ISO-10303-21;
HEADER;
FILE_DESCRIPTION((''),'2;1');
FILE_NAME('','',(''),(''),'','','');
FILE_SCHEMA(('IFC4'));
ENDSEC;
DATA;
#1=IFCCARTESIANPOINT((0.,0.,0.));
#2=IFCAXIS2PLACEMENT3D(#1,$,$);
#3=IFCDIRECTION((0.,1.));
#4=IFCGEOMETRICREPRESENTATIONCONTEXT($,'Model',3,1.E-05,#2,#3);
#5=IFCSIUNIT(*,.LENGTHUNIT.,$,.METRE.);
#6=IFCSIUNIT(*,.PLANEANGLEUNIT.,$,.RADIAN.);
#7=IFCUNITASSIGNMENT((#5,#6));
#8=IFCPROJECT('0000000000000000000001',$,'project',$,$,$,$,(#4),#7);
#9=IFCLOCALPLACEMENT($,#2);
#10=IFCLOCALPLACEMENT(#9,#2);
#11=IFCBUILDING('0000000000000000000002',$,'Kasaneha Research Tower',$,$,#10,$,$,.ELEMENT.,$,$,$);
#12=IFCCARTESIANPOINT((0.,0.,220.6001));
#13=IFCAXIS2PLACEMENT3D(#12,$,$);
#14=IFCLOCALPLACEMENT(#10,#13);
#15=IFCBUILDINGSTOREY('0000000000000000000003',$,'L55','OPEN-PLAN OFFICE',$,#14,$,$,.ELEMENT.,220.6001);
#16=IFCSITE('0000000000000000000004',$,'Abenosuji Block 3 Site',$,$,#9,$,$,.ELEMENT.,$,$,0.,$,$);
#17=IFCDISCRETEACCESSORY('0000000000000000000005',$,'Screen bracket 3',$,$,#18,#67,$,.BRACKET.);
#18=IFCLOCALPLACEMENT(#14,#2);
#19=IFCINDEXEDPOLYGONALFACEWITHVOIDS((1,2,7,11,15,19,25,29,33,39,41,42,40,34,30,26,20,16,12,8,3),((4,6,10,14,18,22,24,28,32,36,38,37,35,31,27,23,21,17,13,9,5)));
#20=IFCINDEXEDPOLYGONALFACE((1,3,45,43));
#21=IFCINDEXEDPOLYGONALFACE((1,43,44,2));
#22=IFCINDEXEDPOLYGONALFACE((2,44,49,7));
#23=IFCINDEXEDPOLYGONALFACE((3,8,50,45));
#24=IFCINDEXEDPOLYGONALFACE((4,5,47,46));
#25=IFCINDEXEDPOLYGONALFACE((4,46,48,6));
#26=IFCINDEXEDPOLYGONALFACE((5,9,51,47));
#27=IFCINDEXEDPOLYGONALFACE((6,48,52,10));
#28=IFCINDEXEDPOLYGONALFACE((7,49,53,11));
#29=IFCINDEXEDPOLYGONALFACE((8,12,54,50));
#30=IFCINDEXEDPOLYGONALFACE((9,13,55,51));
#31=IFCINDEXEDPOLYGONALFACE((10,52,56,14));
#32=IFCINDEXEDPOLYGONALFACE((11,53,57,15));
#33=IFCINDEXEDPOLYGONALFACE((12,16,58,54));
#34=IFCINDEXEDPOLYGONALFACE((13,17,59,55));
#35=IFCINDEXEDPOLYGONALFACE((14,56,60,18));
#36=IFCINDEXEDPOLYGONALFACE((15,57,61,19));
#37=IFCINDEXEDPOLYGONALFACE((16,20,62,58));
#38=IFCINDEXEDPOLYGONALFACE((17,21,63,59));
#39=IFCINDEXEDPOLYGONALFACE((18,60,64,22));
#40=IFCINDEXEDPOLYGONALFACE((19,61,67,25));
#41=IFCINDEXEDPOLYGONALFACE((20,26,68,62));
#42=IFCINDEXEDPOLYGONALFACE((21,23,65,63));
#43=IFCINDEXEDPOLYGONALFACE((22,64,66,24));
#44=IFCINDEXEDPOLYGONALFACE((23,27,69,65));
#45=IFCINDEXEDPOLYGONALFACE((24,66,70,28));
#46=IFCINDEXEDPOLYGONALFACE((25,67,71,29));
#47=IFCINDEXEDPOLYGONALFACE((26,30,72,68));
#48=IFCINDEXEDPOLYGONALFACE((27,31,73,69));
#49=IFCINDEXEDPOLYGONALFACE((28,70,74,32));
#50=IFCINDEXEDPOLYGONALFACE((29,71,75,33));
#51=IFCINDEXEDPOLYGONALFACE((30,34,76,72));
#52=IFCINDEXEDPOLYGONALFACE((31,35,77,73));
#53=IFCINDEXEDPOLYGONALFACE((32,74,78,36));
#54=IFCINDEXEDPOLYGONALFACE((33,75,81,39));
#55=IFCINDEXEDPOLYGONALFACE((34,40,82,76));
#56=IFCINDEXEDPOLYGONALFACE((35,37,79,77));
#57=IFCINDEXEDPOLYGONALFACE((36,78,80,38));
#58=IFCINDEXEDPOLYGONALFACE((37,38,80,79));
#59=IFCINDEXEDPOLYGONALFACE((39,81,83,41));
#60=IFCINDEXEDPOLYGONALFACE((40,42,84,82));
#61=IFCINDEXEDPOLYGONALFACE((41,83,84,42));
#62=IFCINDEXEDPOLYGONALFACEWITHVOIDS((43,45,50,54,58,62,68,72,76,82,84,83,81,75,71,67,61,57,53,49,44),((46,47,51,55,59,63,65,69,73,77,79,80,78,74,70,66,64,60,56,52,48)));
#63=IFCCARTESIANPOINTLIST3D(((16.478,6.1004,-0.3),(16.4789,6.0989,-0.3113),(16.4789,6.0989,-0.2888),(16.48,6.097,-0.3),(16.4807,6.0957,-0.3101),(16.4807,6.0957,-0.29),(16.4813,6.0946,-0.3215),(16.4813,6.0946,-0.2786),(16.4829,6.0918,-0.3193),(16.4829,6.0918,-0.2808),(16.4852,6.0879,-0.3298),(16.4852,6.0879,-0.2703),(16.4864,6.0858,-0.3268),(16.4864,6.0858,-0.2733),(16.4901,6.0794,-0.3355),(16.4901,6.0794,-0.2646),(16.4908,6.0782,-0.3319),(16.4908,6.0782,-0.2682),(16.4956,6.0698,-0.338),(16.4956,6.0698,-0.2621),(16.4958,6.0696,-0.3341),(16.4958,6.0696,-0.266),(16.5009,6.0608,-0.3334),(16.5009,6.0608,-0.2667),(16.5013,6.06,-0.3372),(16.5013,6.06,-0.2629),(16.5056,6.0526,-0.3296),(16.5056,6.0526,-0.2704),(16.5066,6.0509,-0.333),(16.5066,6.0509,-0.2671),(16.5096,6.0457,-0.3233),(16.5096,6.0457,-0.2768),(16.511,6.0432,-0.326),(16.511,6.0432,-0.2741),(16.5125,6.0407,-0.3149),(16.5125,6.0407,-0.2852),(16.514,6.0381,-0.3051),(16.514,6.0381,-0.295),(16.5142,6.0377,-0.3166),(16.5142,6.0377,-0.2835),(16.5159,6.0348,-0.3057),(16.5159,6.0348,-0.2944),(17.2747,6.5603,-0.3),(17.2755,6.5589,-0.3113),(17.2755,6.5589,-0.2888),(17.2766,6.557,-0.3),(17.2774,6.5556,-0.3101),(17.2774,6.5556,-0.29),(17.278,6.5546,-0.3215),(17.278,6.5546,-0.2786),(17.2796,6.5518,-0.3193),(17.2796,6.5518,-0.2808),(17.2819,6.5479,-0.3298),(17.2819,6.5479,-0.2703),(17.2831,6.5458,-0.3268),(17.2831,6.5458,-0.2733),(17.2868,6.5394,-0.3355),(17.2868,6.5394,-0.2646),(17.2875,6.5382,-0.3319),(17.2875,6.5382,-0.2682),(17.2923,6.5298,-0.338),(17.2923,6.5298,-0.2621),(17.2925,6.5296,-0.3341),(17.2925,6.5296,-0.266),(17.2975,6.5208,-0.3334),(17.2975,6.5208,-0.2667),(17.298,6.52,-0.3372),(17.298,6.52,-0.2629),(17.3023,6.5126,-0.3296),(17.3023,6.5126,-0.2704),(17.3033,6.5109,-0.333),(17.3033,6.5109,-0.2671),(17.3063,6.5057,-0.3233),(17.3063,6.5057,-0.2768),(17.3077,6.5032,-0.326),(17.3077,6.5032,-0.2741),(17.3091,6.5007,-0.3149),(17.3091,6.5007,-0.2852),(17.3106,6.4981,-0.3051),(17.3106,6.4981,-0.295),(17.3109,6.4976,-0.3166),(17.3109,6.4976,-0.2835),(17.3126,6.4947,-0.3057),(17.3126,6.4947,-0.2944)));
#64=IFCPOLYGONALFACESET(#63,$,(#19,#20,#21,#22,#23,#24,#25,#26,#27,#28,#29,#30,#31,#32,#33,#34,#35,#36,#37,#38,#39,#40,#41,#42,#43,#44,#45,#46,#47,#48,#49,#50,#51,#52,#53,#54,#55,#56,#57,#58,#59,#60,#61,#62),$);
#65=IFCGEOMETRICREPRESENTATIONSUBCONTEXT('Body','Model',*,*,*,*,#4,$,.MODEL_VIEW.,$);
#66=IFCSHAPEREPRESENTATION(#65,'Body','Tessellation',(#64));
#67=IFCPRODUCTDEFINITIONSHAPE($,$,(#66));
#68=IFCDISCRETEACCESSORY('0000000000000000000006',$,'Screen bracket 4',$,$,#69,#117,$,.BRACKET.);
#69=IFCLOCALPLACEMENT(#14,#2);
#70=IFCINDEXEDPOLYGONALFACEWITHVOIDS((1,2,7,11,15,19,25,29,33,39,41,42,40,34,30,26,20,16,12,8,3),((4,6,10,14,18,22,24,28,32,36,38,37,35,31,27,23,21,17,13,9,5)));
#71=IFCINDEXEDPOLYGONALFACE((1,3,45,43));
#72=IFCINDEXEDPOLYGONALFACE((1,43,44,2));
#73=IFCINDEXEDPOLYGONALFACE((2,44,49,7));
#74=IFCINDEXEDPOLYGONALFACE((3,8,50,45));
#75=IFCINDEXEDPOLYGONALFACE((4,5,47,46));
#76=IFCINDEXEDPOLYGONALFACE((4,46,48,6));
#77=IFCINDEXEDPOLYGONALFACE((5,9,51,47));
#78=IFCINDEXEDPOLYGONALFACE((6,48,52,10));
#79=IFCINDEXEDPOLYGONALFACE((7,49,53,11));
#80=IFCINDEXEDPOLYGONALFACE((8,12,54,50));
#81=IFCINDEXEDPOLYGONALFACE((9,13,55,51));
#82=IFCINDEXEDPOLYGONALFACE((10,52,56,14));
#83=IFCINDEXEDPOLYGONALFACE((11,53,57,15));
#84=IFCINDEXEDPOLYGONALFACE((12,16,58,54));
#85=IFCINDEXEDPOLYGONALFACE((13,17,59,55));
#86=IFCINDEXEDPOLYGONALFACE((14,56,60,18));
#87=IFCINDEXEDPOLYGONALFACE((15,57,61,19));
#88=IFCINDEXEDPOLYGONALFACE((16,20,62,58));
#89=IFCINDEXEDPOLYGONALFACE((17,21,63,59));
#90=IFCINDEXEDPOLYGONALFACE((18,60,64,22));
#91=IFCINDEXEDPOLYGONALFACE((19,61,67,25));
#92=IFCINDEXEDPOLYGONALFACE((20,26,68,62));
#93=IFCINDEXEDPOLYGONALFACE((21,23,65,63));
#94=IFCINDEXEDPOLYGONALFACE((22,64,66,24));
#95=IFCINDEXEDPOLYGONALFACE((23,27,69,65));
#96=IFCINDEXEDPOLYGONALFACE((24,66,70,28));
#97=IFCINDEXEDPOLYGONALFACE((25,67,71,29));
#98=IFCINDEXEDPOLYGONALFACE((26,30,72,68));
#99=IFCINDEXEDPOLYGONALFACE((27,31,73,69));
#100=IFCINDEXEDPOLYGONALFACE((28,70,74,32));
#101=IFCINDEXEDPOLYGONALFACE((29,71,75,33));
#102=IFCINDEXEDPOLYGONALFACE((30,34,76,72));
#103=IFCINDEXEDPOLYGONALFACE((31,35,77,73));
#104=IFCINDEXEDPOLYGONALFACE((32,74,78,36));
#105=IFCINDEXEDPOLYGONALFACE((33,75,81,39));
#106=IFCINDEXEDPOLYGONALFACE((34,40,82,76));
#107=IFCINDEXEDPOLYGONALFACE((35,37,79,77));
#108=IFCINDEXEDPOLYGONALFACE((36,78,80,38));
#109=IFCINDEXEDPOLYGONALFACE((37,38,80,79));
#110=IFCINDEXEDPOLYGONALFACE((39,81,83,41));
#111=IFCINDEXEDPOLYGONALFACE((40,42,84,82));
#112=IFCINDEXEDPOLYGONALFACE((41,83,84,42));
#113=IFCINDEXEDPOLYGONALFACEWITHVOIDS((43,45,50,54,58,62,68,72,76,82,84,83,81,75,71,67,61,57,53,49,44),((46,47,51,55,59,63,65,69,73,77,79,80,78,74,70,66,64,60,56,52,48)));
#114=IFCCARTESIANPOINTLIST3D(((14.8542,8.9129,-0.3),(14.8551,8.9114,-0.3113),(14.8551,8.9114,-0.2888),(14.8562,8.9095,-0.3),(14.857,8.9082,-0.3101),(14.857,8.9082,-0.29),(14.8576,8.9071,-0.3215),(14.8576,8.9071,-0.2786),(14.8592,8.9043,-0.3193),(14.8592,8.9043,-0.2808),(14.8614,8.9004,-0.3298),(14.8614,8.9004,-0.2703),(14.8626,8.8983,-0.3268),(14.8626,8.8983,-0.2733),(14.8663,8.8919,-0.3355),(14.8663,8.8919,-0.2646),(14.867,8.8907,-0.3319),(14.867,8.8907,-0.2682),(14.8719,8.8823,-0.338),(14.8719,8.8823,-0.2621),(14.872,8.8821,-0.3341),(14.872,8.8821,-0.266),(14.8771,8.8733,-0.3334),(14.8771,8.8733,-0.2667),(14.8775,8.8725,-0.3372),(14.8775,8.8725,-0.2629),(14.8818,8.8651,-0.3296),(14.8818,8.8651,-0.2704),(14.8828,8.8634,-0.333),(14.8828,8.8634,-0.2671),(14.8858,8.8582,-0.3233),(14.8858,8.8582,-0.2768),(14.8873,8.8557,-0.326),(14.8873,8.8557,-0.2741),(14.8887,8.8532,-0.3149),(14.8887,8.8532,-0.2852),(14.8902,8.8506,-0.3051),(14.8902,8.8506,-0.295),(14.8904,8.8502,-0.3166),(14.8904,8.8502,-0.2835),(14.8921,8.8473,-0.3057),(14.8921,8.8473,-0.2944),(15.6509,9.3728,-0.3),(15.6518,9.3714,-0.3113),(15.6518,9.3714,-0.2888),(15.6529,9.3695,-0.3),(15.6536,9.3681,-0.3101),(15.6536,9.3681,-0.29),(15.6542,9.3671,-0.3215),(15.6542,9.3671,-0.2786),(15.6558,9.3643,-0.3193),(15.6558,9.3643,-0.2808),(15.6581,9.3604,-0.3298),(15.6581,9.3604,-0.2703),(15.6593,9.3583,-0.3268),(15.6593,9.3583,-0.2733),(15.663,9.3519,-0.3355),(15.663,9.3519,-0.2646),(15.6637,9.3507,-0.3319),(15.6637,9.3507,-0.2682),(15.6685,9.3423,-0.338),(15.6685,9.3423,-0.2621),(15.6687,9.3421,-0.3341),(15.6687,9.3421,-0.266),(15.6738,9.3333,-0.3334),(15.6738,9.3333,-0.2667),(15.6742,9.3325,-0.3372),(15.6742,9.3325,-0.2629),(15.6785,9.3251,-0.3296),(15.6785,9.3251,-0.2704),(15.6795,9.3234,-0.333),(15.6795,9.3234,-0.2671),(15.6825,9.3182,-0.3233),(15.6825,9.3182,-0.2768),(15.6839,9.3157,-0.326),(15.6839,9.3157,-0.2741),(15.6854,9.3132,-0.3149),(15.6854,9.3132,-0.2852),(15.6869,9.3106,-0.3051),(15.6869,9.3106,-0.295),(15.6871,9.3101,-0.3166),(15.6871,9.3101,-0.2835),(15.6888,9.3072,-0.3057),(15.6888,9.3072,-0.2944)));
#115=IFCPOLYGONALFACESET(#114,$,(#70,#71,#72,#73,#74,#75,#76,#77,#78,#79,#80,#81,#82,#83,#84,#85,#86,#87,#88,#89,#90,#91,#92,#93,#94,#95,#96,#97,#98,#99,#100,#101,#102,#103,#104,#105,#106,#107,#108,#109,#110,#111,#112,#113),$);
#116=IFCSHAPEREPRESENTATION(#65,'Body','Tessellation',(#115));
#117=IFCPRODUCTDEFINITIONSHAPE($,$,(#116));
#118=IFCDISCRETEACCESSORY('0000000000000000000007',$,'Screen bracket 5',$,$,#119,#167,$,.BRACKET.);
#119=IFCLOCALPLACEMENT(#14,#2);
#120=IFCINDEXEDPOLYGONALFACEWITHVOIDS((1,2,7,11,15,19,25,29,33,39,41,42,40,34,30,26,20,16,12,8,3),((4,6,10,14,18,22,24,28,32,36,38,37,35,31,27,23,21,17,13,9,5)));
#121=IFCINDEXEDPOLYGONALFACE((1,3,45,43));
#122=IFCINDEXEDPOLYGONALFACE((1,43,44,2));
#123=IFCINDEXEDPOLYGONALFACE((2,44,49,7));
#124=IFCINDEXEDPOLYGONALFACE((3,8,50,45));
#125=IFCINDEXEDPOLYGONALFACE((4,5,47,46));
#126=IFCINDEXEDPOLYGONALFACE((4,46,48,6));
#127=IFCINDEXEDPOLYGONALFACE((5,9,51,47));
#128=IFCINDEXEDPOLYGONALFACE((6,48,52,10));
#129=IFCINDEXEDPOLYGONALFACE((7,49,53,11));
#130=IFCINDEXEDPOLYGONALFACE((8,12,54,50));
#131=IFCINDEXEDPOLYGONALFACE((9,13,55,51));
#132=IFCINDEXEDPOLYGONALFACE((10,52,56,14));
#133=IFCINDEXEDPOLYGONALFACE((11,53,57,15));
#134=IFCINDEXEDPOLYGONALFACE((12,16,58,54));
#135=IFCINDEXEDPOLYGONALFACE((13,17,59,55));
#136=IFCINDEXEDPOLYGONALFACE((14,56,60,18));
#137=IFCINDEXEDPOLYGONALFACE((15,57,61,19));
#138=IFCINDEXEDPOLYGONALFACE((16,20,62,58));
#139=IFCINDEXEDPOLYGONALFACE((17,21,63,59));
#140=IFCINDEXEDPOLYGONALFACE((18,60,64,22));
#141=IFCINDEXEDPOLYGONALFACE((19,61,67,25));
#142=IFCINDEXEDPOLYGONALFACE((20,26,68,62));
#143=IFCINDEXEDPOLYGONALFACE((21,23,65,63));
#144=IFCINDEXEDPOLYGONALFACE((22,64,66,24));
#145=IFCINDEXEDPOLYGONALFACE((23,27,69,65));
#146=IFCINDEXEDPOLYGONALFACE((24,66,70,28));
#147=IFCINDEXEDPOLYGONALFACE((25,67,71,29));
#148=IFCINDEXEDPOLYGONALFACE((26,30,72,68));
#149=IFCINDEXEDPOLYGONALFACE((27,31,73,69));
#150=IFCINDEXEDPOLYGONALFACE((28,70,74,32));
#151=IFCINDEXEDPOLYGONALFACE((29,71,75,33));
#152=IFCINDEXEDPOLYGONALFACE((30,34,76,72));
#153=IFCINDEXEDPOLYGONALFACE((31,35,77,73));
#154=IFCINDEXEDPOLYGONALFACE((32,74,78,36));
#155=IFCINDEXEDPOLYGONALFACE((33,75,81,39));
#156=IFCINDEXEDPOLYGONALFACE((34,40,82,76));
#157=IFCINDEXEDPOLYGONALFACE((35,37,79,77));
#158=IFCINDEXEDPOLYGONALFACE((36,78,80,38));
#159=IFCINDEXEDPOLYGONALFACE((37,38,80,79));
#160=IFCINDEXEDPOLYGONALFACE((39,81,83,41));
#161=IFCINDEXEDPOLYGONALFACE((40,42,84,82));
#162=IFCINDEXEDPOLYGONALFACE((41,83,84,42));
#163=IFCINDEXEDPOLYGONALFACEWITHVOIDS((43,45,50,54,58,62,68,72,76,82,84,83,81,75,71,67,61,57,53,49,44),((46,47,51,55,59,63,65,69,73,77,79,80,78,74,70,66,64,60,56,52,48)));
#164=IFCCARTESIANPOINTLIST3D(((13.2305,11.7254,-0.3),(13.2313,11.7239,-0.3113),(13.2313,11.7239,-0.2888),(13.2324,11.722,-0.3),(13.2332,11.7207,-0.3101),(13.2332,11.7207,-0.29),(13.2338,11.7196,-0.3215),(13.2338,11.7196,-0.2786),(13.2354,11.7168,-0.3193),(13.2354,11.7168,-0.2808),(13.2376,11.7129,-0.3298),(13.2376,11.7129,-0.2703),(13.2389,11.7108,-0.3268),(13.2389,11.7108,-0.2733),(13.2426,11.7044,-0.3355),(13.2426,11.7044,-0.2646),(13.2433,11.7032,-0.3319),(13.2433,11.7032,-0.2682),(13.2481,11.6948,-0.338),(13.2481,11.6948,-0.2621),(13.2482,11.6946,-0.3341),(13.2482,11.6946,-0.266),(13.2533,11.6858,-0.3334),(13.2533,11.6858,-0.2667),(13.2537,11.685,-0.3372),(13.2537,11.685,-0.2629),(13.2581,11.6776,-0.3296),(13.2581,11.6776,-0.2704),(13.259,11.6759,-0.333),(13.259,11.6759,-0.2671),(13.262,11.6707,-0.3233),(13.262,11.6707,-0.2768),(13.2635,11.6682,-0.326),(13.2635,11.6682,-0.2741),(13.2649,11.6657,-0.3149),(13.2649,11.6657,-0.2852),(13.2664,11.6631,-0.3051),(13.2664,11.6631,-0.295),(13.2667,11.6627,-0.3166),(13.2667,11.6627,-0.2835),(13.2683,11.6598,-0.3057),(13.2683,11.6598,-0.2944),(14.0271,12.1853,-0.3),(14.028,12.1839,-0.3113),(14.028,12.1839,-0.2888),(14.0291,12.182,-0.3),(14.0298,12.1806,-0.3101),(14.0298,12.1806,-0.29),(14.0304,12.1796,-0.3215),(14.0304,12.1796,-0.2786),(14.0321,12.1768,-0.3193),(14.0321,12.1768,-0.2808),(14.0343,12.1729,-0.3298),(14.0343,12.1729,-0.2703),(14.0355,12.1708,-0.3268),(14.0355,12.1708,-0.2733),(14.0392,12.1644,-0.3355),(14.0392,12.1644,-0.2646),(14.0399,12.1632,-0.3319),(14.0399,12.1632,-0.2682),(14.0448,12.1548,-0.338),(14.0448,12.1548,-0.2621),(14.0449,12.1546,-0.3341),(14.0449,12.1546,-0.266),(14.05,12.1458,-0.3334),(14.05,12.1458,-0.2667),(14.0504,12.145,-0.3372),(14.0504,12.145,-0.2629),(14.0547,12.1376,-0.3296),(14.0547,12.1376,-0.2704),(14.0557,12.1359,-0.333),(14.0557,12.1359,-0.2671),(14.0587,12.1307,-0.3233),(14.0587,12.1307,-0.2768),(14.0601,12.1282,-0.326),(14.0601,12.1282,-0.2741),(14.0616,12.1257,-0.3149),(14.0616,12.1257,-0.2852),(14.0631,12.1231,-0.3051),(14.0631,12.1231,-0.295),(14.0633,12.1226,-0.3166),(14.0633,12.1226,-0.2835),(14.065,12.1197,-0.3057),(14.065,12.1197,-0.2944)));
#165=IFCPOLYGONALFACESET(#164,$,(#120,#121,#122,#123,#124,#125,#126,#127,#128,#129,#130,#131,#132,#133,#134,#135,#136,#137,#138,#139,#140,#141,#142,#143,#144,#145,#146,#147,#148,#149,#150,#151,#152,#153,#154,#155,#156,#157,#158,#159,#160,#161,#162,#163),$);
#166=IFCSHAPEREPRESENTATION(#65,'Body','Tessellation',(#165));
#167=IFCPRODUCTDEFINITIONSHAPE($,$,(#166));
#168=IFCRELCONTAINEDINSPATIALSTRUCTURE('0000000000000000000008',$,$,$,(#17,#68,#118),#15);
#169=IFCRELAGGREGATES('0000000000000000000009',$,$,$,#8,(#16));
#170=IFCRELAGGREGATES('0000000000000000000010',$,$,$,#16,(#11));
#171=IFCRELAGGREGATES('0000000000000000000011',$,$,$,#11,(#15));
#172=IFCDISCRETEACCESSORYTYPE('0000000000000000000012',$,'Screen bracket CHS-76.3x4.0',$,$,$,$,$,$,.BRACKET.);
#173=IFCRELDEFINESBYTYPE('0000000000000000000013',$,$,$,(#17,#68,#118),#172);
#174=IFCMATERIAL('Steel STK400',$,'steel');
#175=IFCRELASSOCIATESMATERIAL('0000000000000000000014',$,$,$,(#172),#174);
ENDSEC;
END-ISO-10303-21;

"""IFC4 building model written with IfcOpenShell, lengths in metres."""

from ifc_helpers import new_model, si_unit, direction, frame, origin, origin_2d, place, context, subcontext, project, spatial, hollow_circle, extrude, material, material_profile, profile_set, type_object, element, save


model = new_model("IFC4")

# Units and contexts
model_context = context("Model", 3, precision=1e-05, world=origin(), true_north=direction((0.0, 1.0)))
body_context = subcontext(model_context, "Body", "Model", "MODEL_VIEW")
ifc_project = project(units=[si_unit("LENGTHUNIT", "METRE"), si_unit("PLANEANGLEUNIT", "RADIAN")], contexts=[model_context])

# Site, building, storey
site_placement = place(None, origin())
site = spatial("IfcSite", under=ifc_project, at=site_placement, Name="Abenosuji Block 3 Site", CompositionType="ELEMENT", RefElevation=0.0)
building_placement = place(site_placement, origin())
building = spatial("IfcBuilding", under=site, at=building_placement, Name="Kasaneha Research Tower", CompositionType="ELEMENT")
storey_placement = place(building_placement, frame((0.0, 0.0, 220.6001)))
storey = spatial("IfcBuildingStorey", under=building, at=storey_placement, Name="L55", Description="OPEN-PLAN OFFICE", CompositionType="ELEMENT", Elevation=220.6001)

# Discrete accessories
ifc_material_1 = material(Name="Steel STK400", Category="steel")
ifc_material_profile_1 = material_profile(ifc_material_1, hollow_circle(Radius=0.0381, WallThickness=0.0039, at=origin_2d()), Name="CHS-76.3x4.0")
ifc_profile_set_1 = profile_set([ifc_material_profile_1], Name="Steel STK400")
discrete_accessory_type = type_object("IfcDiscreteAccessoryType", Name="Screen bracket CHS-76.3x4.0", PredefinedType="BRACKET", material=ifc_profile_set_1)
for number, where, z_axis, x_axis, name in (
    (1, (16.4971, 6.0674, -0.3), (0.866013, 0.500021, 0.0), (-0.500021, 0.866013, 0.0), "Screen bracket 3"),
    (2, (14.8733, 8.8799, -0.3), (0.866013, 0.500021, 0.0), (-0.500021, 0.866013, 0.0), "Screen bracket 4"),
    (3, (13.2495, 11.6924, -0.3), (0.866013, 0.500021, 0.0), (-0.500021, 0.866013, 0.0), "Screen bracket 5"),
):
    element("IfcDiscreteAccessory", number, at=place(storey_placement, frame(where, z_axis=z_axis, x_axis=x_axis)), inside=storey, type_object=discrete_accessory_type, Name=name, PredefinedType="BRACKET", context=body_context, shape_type="SweptSolid", body=[
        extrude(hollow_circle(Radius=0.0381, WallThickness=0.0039, at=origin_2d()), origin(), (0.0, 0.0, 1.0), 0.9199),
    ])

save(model, "model.ifc")
